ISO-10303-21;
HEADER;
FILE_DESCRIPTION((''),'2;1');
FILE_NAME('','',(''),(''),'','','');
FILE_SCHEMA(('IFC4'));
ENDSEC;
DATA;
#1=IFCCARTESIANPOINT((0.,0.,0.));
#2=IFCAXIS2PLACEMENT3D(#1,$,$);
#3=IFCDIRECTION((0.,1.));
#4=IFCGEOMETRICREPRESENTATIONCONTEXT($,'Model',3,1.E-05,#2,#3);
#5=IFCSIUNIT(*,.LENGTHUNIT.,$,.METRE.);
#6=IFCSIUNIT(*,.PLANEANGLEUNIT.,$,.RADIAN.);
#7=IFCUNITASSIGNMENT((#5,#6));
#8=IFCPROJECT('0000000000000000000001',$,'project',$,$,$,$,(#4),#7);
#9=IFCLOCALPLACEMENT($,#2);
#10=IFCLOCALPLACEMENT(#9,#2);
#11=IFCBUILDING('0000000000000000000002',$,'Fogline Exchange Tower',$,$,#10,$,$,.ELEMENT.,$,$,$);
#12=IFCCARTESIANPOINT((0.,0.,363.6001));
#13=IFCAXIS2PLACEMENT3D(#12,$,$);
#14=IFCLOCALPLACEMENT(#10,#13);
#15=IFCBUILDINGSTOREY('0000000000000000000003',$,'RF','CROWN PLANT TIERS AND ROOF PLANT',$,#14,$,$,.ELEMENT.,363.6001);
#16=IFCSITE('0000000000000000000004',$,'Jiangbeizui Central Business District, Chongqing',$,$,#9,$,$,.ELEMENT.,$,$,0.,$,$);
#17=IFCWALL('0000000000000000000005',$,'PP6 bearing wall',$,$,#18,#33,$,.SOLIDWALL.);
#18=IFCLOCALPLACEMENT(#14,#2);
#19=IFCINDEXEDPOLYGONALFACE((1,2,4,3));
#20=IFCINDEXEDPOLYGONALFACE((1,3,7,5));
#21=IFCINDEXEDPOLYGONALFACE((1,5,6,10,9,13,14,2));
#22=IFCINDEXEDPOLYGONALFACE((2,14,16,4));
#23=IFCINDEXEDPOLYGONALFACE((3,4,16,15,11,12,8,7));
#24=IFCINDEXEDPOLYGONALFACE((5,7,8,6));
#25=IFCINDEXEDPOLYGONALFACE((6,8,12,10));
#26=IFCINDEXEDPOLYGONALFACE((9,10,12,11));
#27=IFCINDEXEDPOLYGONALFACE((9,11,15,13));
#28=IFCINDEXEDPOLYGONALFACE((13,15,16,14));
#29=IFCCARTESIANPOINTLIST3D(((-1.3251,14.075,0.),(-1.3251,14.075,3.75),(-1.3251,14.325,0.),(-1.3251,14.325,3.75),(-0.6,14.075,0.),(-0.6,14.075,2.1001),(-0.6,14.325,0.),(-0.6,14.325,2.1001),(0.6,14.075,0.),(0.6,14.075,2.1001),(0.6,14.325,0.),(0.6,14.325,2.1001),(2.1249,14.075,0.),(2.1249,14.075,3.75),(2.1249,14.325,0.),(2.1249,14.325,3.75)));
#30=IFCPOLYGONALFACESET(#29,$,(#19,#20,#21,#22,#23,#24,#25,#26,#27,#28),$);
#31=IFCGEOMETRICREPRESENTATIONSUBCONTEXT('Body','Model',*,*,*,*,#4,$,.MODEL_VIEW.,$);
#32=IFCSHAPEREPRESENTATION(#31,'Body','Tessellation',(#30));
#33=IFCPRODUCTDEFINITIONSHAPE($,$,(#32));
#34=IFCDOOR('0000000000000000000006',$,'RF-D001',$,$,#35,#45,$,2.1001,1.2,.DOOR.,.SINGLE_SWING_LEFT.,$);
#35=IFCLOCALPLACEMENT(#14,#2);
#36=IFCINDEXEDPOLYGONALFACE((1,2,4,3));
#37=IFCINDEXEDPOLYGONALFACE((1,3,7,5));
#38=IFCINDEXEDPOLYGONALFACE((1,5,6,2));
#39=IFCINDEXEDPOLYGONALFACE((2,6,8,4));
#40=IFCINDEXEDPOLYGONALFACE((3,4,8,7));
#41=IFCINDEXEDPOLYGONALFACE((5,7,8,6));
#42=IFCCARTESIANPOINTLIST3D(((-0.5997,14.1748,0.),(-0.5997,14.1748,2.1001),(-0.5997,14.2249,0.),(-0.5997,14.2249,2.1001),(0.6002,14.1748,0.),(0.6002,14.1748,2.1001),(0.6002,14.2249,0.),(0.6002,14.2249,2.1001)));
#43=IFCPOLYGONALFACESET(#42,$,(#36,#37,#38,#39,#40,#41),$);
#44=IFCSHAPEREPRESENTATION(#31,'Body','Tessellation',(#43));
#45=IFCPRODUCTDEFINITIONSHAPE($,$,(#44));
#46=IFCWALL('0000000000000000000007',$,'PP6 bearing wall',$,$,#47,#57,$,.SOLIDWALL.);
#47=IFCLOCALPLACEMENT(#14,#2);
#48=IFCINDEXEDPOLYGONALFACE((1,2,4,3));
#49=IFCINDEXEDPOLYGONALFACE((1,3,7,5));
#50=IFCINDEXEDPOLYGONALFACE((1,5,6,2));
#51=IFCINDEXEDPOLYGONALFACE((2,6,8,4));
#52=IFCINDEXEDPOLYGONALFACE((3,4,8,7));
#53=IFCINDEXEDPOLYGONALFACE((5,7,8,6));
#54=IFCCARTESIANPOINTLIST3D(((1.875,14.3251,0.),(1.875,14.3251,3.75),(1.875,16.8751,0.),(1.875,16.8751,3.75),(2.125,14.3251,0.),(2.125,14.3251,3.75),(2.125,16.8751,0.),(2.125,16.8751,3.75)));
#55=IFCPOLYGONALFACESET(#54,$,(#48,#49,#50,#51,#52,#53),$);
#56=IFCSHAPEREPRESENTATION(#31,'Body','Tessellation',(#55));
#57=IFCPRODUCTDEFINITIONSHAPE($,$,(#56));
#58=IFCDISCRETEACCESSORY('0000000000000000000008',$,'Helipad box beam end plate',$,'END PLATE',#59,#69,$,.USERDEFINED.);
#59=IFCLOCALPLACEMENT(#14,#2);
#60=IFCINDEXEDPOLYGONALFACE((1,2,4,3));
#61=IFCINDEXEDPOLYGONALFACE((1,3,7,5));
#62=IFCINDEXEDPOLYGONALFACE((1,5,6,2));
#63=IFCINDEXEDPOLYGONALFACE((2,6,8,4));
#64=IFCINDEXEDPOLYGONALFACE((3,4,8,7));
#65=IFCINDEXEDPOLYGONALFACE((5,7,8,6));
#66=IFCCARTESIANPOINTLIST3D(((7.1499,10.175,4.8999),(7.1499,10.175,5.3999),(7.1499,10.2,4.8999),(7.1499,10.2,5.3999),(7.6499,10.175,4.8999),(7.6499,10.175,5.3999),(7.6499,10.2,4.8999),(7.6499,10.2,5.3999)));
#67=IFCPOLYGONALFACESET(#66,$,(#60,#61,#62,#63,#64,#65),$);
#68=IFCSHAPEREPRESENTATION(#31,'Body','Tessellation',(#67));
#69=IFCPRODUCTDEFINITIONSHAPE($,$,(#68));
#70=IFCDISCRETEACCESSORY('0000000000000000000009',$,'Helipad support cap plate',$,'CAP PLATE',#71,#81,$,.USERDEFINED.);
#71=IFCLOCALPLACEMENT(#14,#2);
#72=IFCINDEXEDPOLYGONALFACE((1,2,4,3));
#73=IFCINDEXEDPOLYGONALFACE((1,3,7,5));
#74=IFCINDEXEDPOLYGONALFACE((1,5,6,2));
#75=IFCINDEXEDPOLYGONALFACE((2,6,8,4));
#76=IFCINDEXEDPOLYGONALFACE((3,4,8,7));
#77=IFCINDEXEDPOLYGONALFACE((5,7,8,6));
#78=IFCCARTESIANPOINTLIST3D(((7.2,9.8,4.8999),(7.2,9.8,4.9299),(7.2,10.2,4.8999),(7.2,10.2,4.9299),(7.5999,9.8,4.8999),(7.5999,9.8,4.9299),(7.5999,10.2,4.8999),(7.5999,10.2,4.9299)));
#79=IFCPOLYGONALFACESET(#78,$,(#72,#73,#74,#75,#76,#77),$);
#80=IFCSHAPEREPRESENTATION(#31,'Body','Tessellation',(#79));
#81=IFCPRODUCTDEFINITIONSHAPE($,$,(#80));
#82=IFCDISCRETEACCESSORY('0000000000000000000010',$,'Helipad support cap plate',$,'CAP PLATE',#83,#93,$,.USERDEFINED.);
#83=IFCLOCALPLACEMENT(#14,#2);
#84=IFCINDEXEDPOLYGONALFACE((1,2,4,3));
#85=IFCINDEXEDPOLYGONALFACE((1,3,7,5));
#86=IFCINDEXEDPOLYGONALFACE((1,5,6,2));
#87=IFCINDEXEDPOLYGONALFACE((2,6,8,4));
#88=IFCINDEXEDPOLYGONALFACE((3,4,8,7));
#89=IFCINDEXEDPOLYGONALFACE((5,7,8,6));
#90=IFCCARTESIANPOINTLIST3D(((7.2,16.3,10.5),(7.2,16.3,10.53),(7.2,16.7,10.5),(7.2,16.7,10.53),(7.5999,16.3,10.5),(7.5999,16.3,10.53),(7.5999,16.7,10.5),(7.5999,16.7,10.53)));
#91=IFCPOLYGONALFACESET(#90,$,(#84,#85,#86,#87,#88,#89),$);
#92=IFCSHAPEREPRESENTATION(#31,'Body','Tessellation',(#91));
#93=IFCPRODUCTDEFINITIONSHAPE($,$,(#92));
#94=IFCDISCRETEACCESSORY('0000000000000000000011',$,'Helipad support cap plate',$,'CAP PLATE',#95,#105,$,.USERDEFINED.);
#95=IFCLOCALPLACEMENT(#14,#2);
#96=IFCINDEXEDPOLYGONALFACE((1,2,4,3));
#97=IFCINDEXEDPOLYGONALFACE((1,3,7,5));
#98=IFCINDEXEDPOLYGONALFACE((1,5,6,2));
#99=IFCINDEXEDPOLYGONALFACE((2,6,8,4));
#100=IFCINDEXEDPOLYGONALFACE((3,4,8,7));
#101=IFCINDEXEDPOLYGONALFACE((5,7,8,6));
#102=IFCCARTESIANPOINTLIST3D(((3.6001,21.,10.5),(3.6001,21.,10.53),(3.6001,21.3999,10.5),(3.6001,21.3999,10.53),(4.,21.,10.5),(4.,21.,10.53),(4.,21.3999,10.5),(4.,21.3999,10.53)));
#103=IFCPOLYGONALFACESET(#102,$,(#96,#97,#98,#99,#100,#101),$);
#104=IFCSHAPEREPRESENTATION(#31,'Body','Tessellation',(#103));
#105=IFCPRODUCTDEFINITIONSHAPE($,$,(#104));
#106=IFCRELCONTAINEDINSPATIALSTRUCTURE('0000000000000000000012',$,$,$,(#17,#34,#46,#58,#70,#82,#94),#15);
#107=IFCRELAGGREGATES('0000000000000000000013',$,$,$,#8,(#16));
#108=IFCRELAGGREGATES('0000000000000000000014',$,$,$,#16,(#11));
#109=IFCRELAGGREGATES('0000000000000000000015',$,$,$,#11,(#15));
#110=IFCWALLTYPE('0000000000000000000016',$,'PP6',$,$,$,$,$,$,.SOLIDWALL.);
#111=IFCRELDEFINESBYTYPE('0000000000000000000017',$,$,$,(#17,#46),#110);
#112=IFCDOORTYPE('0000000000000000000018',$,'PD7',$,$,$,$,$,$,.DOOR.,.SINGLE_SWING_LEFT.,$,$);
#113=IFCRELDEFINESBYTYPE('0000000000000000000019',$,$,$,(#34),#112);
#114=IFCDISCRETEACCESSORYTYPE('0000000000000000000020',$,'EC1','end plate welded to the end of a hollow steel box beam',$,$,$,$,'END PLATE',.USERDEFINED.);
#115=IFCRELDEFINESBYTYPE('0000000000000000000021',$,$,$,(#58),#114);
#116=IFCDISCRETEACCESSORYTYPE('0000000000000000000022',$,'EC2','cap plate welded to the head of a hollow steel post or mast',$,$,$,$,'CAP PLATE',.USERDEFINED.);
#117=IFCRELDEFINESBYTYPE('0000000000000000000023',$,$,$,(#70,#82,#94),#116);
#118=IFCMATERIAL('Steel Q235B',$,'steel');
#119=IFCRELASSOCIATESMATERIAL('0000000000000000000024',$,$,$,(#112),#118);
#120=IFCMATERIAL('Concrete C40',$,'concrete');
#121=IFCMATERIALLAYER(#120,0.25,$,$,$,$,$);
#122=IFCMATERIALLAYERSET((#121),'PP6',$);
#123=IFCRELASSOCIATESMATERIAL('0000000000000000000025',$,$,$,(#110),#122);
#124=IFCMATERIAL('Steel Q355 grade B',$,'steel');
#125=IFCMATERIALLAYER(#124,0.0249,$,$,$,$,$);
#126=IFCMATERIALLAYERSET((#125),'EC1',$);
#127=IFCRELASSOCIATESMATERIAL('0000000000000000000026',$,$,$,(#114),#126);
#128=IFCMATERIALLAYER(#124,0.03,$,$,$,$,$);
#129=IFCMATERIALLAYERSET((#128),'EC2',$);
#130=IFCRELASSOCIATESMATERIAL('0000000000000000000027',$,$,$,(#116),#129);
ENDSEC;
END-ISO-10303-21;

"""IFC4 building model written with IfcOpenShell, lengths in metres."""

from ifc_helpers import new_model, si_unit, direction, frame, frame_2d, origin, origin_2d, place, context, subcontext, project, spatial, rectangle, extrude, material, layer, layer_set, type_object, element, fill, save


model = new_model("IFC4")

# Units and contexts
model_context = context("Model", 3, precision=1e-05, world=origin(), true_north=direction((0.0, 1.0)))
body_context = subcontext(model_context, "Body", "Model", "MODEL_VIEW")
ifc_project = project(units=[si_unit("LENGTHUNIT", "METRE"), si_unit("PLANEANGLEUNIT", "RADIAN")], contexts=[model_context])

# Site, building, storey
site_placement = place(None, origin())
site = spatial("IfcSite", under=ifc_project, at=site_placement, Name="Jiangbeizui Central Business District, Chongqing", CompositionType="ELEMENT", RefElevation=0.0)
building_placement = place(site_placement, origin())
building = spatial("IfcBuilding", under=site, at=building_placement, Name="Fogline Exchange Tower", CompositionType="ELEMENT")
storey_placement = place(building_placement, frame((0.0, 0.0, 363.6001)))
storey = spatial("IfcBuildingStorey", under=building, at=storey_placement, Name="RF", Description="CROWN PLANT TIERS AND ROOF PLANT", CompositionType="ELEMENT", Elevation=363.6001)

# Shared definitions
ifc_material_1 = material(Name="Steel Q355 grade B", Category="steel")

# Shared definitions
ifc_material_2 = material(Name="Concrete C40", Category="concrete")

# Shared definitions
ifc_material_3 = material(Name="Steel Q235B", Category="steel")
door_type = type_object("IfcDoorType", Name="PD7", OperationType="SINGLE_SWING_LEFT", PredefinedType="DOOR", material=ifc_material_3)

# Wall, opening, door
ifc_layer_1 = layer(ifc_material_2, 0.25)
ifc_layer_set_1 = layer_set([ifc_layer_1], Name="PP6")
wall_type_1 = type_object("IfcWallType", Name="PP6", PredefinedType="SOLIDWALL", material=ifc_layer_set_1)
wall_1_placement = place(storey_placement, frame((2.125, 14.2, 0.0), z_axis=(0.0, 0.0, 1.0), x_axis=(-1.0, 0.0, 0.0)))
wall_1 = element("IfcWall", 1, at=wall_1_placement, inside=storey, type_object=wall_type_1, Name="PP6 bearing wall", PredefinedType="SOLIDWALL", context=body_context, shape_type="SweptSolid", body=[
    extrude(rectangle(XDim=3.45, YDim=0.25, at=frame_2d((1.7251, 0.0))), origin(), (0.0, 0.0, 1.0), 3.75),
])
opening_1_placement = place(wall_1_placement, frame((1.5249, 0.0, 0.0)))
opening_1 = element("IfcOpeningElement", 2, at=opening_1_placement, cuts=wall_1, PredefinedType="OPENING", context=body_context, shape_type="SweptSolid", body=[
    extrude(rectangle(XDim=1.2, YDim=2.1001, at=frame_2d((0.6001, 1.05))), frame((0.0, 0.135, 0.0), z_axis=(0.0, -1.0, 0.0), x_axis=(1.0, 0.0, 0.0)), (0.0, 0.0, 1.0), 0.27),
])
door_1_placement = place(opening_1_placement, frame((1.2, 0.0, 0.0), z_axis=(0.0, 0.0, 1.0), x_axis=(-1.0, 0.0, 0.0)))
door_1 = element("IfcDoor", 3, at=door_1_placement, inside=storey, type_object=door_type, Name="RF-D001", OperationType="SINGLE_SWING_LEFT", OverallHeight=2.1001, OverallWidth=1.2, PredefinedType="DOOR", context=body_context, shape_type="SweptSolid", body=[
    extrude(rectangle(XDim=1.2, YDim=2.1001, at=frame_2d((0.6001, 1.05))), frame((0.0, 0.0249, 0.0), z_axis=(0.0, -1.0, 0.0), x_axis=(1.0, 0.0, 0.0)), (0.0, 0.0, 1.0), 0.05),
])
fill(opening_1, door_1)

# Wall
wall_2_placement = place(storey_placement, frame((2.0, 16.875, 0.0), z_axis=(0.0, 0.0, 1.0), x_axis=(0.0, -1.0, 0.0)))
element("IfcWall", 4, at=wall_2_placement, inside=storey, type_object=wall_type_1, Name="PP6 bearing wall", PredefinedType="SOLIDWALL", context=body_context, shape_type="SweptSolid", body=[
    extrude(rectangle(XDim=2.55, YDim=0.25, at=frame_2d((1.2749, 0.0))), origin(), (0.0, 0.0, 1.0), 3.75),
])

# Discrete accessories
ifc_layer_2 = layer(ifc_material_1, 0.0249)
ifc_layer_set_2 = layer_set([ifc_layer_2], Name="EC1")
discrete_accessory_type_1 = type_object("IfcDiscreteAccessoryType", Name="EC1", Description="end plate welded to the end of a hollow steel box beam", ElementType="END PLATE", PredefinedType="USERDEFINED", material=ifc_layer_set_2)
discrete_accessory_placement = place(storey_placement, frame((7.3999, 10.1875, 4.8999), z_axis=(0.0, 0.0, 1.0), x_axis=(0.0, -1.0, 0.0)))
element("IfcDiscreteAccessory", 5, at=discrete_accessory_placement, inside=storey, type_object=discrete_accessory_type_1, Name="Helipad box beam end plate", ObjectType="END PLATE", PredefinedType="USERDEFINED", context=body_context, shape_type="SweptSolid", body=[
    extrude(rectangle(XDim=0.0249, YDim=0.5, at=origin_2d()), origin(), (0.0, 0.0, 1.0), 0.5),
])
ifc_layer_3 = layer(ifc_material_1, 0.03)
ifc_layer_set_3 = layer_set([ifc_layer_3], Name="EC2")
discrete_accessory_type_2 = type_object("IfcDiscreteAccessoryType", Name="EC2", Description="cap plate welded to the head of a hollow steel post or mast", ElementType="CAP PLATE", PredefinedType="USERDEFINED", material=ifc_layer_set_3)
for number, where, z_axis, x_axis, name in (
    (6, (7.3999, 10.0, 4.8999), (0.0, 0.0, 1.0), (1.0, 0.0, 0.0), "Helipad support cap plate"),
    (7, (7.3999, 16.5, 10.5), (0.0, 0.0, 1.0), (1.0, 0.0, 0.0), "Helipad support cap plate"),
    (8, (3.8, 21.2, 10.5), (0.0, 0.0, 1.0), (1.0, 0.0, 0.0), "Helipad support cap plate"),
):
    element("IfcDiscreteAccessory", number, at=place(storey_placement, frame(where, z_axis=z_axis, x_axis=x_axis)), inside=storey, type_object=discrete_accessory_type_2, Name=name, ObjectType="CAP PLATE", PredefinedType="USERDEFINED", context=body_context, shape_type="SweptSolid", body=[
        extrude(rectangle(XDim=0.3999, YDim=0.3999, at=origin_2d()), origin(), (0.0, 0.0, 1.0), 0.03),
    ])

save(model, "model.ifc")
